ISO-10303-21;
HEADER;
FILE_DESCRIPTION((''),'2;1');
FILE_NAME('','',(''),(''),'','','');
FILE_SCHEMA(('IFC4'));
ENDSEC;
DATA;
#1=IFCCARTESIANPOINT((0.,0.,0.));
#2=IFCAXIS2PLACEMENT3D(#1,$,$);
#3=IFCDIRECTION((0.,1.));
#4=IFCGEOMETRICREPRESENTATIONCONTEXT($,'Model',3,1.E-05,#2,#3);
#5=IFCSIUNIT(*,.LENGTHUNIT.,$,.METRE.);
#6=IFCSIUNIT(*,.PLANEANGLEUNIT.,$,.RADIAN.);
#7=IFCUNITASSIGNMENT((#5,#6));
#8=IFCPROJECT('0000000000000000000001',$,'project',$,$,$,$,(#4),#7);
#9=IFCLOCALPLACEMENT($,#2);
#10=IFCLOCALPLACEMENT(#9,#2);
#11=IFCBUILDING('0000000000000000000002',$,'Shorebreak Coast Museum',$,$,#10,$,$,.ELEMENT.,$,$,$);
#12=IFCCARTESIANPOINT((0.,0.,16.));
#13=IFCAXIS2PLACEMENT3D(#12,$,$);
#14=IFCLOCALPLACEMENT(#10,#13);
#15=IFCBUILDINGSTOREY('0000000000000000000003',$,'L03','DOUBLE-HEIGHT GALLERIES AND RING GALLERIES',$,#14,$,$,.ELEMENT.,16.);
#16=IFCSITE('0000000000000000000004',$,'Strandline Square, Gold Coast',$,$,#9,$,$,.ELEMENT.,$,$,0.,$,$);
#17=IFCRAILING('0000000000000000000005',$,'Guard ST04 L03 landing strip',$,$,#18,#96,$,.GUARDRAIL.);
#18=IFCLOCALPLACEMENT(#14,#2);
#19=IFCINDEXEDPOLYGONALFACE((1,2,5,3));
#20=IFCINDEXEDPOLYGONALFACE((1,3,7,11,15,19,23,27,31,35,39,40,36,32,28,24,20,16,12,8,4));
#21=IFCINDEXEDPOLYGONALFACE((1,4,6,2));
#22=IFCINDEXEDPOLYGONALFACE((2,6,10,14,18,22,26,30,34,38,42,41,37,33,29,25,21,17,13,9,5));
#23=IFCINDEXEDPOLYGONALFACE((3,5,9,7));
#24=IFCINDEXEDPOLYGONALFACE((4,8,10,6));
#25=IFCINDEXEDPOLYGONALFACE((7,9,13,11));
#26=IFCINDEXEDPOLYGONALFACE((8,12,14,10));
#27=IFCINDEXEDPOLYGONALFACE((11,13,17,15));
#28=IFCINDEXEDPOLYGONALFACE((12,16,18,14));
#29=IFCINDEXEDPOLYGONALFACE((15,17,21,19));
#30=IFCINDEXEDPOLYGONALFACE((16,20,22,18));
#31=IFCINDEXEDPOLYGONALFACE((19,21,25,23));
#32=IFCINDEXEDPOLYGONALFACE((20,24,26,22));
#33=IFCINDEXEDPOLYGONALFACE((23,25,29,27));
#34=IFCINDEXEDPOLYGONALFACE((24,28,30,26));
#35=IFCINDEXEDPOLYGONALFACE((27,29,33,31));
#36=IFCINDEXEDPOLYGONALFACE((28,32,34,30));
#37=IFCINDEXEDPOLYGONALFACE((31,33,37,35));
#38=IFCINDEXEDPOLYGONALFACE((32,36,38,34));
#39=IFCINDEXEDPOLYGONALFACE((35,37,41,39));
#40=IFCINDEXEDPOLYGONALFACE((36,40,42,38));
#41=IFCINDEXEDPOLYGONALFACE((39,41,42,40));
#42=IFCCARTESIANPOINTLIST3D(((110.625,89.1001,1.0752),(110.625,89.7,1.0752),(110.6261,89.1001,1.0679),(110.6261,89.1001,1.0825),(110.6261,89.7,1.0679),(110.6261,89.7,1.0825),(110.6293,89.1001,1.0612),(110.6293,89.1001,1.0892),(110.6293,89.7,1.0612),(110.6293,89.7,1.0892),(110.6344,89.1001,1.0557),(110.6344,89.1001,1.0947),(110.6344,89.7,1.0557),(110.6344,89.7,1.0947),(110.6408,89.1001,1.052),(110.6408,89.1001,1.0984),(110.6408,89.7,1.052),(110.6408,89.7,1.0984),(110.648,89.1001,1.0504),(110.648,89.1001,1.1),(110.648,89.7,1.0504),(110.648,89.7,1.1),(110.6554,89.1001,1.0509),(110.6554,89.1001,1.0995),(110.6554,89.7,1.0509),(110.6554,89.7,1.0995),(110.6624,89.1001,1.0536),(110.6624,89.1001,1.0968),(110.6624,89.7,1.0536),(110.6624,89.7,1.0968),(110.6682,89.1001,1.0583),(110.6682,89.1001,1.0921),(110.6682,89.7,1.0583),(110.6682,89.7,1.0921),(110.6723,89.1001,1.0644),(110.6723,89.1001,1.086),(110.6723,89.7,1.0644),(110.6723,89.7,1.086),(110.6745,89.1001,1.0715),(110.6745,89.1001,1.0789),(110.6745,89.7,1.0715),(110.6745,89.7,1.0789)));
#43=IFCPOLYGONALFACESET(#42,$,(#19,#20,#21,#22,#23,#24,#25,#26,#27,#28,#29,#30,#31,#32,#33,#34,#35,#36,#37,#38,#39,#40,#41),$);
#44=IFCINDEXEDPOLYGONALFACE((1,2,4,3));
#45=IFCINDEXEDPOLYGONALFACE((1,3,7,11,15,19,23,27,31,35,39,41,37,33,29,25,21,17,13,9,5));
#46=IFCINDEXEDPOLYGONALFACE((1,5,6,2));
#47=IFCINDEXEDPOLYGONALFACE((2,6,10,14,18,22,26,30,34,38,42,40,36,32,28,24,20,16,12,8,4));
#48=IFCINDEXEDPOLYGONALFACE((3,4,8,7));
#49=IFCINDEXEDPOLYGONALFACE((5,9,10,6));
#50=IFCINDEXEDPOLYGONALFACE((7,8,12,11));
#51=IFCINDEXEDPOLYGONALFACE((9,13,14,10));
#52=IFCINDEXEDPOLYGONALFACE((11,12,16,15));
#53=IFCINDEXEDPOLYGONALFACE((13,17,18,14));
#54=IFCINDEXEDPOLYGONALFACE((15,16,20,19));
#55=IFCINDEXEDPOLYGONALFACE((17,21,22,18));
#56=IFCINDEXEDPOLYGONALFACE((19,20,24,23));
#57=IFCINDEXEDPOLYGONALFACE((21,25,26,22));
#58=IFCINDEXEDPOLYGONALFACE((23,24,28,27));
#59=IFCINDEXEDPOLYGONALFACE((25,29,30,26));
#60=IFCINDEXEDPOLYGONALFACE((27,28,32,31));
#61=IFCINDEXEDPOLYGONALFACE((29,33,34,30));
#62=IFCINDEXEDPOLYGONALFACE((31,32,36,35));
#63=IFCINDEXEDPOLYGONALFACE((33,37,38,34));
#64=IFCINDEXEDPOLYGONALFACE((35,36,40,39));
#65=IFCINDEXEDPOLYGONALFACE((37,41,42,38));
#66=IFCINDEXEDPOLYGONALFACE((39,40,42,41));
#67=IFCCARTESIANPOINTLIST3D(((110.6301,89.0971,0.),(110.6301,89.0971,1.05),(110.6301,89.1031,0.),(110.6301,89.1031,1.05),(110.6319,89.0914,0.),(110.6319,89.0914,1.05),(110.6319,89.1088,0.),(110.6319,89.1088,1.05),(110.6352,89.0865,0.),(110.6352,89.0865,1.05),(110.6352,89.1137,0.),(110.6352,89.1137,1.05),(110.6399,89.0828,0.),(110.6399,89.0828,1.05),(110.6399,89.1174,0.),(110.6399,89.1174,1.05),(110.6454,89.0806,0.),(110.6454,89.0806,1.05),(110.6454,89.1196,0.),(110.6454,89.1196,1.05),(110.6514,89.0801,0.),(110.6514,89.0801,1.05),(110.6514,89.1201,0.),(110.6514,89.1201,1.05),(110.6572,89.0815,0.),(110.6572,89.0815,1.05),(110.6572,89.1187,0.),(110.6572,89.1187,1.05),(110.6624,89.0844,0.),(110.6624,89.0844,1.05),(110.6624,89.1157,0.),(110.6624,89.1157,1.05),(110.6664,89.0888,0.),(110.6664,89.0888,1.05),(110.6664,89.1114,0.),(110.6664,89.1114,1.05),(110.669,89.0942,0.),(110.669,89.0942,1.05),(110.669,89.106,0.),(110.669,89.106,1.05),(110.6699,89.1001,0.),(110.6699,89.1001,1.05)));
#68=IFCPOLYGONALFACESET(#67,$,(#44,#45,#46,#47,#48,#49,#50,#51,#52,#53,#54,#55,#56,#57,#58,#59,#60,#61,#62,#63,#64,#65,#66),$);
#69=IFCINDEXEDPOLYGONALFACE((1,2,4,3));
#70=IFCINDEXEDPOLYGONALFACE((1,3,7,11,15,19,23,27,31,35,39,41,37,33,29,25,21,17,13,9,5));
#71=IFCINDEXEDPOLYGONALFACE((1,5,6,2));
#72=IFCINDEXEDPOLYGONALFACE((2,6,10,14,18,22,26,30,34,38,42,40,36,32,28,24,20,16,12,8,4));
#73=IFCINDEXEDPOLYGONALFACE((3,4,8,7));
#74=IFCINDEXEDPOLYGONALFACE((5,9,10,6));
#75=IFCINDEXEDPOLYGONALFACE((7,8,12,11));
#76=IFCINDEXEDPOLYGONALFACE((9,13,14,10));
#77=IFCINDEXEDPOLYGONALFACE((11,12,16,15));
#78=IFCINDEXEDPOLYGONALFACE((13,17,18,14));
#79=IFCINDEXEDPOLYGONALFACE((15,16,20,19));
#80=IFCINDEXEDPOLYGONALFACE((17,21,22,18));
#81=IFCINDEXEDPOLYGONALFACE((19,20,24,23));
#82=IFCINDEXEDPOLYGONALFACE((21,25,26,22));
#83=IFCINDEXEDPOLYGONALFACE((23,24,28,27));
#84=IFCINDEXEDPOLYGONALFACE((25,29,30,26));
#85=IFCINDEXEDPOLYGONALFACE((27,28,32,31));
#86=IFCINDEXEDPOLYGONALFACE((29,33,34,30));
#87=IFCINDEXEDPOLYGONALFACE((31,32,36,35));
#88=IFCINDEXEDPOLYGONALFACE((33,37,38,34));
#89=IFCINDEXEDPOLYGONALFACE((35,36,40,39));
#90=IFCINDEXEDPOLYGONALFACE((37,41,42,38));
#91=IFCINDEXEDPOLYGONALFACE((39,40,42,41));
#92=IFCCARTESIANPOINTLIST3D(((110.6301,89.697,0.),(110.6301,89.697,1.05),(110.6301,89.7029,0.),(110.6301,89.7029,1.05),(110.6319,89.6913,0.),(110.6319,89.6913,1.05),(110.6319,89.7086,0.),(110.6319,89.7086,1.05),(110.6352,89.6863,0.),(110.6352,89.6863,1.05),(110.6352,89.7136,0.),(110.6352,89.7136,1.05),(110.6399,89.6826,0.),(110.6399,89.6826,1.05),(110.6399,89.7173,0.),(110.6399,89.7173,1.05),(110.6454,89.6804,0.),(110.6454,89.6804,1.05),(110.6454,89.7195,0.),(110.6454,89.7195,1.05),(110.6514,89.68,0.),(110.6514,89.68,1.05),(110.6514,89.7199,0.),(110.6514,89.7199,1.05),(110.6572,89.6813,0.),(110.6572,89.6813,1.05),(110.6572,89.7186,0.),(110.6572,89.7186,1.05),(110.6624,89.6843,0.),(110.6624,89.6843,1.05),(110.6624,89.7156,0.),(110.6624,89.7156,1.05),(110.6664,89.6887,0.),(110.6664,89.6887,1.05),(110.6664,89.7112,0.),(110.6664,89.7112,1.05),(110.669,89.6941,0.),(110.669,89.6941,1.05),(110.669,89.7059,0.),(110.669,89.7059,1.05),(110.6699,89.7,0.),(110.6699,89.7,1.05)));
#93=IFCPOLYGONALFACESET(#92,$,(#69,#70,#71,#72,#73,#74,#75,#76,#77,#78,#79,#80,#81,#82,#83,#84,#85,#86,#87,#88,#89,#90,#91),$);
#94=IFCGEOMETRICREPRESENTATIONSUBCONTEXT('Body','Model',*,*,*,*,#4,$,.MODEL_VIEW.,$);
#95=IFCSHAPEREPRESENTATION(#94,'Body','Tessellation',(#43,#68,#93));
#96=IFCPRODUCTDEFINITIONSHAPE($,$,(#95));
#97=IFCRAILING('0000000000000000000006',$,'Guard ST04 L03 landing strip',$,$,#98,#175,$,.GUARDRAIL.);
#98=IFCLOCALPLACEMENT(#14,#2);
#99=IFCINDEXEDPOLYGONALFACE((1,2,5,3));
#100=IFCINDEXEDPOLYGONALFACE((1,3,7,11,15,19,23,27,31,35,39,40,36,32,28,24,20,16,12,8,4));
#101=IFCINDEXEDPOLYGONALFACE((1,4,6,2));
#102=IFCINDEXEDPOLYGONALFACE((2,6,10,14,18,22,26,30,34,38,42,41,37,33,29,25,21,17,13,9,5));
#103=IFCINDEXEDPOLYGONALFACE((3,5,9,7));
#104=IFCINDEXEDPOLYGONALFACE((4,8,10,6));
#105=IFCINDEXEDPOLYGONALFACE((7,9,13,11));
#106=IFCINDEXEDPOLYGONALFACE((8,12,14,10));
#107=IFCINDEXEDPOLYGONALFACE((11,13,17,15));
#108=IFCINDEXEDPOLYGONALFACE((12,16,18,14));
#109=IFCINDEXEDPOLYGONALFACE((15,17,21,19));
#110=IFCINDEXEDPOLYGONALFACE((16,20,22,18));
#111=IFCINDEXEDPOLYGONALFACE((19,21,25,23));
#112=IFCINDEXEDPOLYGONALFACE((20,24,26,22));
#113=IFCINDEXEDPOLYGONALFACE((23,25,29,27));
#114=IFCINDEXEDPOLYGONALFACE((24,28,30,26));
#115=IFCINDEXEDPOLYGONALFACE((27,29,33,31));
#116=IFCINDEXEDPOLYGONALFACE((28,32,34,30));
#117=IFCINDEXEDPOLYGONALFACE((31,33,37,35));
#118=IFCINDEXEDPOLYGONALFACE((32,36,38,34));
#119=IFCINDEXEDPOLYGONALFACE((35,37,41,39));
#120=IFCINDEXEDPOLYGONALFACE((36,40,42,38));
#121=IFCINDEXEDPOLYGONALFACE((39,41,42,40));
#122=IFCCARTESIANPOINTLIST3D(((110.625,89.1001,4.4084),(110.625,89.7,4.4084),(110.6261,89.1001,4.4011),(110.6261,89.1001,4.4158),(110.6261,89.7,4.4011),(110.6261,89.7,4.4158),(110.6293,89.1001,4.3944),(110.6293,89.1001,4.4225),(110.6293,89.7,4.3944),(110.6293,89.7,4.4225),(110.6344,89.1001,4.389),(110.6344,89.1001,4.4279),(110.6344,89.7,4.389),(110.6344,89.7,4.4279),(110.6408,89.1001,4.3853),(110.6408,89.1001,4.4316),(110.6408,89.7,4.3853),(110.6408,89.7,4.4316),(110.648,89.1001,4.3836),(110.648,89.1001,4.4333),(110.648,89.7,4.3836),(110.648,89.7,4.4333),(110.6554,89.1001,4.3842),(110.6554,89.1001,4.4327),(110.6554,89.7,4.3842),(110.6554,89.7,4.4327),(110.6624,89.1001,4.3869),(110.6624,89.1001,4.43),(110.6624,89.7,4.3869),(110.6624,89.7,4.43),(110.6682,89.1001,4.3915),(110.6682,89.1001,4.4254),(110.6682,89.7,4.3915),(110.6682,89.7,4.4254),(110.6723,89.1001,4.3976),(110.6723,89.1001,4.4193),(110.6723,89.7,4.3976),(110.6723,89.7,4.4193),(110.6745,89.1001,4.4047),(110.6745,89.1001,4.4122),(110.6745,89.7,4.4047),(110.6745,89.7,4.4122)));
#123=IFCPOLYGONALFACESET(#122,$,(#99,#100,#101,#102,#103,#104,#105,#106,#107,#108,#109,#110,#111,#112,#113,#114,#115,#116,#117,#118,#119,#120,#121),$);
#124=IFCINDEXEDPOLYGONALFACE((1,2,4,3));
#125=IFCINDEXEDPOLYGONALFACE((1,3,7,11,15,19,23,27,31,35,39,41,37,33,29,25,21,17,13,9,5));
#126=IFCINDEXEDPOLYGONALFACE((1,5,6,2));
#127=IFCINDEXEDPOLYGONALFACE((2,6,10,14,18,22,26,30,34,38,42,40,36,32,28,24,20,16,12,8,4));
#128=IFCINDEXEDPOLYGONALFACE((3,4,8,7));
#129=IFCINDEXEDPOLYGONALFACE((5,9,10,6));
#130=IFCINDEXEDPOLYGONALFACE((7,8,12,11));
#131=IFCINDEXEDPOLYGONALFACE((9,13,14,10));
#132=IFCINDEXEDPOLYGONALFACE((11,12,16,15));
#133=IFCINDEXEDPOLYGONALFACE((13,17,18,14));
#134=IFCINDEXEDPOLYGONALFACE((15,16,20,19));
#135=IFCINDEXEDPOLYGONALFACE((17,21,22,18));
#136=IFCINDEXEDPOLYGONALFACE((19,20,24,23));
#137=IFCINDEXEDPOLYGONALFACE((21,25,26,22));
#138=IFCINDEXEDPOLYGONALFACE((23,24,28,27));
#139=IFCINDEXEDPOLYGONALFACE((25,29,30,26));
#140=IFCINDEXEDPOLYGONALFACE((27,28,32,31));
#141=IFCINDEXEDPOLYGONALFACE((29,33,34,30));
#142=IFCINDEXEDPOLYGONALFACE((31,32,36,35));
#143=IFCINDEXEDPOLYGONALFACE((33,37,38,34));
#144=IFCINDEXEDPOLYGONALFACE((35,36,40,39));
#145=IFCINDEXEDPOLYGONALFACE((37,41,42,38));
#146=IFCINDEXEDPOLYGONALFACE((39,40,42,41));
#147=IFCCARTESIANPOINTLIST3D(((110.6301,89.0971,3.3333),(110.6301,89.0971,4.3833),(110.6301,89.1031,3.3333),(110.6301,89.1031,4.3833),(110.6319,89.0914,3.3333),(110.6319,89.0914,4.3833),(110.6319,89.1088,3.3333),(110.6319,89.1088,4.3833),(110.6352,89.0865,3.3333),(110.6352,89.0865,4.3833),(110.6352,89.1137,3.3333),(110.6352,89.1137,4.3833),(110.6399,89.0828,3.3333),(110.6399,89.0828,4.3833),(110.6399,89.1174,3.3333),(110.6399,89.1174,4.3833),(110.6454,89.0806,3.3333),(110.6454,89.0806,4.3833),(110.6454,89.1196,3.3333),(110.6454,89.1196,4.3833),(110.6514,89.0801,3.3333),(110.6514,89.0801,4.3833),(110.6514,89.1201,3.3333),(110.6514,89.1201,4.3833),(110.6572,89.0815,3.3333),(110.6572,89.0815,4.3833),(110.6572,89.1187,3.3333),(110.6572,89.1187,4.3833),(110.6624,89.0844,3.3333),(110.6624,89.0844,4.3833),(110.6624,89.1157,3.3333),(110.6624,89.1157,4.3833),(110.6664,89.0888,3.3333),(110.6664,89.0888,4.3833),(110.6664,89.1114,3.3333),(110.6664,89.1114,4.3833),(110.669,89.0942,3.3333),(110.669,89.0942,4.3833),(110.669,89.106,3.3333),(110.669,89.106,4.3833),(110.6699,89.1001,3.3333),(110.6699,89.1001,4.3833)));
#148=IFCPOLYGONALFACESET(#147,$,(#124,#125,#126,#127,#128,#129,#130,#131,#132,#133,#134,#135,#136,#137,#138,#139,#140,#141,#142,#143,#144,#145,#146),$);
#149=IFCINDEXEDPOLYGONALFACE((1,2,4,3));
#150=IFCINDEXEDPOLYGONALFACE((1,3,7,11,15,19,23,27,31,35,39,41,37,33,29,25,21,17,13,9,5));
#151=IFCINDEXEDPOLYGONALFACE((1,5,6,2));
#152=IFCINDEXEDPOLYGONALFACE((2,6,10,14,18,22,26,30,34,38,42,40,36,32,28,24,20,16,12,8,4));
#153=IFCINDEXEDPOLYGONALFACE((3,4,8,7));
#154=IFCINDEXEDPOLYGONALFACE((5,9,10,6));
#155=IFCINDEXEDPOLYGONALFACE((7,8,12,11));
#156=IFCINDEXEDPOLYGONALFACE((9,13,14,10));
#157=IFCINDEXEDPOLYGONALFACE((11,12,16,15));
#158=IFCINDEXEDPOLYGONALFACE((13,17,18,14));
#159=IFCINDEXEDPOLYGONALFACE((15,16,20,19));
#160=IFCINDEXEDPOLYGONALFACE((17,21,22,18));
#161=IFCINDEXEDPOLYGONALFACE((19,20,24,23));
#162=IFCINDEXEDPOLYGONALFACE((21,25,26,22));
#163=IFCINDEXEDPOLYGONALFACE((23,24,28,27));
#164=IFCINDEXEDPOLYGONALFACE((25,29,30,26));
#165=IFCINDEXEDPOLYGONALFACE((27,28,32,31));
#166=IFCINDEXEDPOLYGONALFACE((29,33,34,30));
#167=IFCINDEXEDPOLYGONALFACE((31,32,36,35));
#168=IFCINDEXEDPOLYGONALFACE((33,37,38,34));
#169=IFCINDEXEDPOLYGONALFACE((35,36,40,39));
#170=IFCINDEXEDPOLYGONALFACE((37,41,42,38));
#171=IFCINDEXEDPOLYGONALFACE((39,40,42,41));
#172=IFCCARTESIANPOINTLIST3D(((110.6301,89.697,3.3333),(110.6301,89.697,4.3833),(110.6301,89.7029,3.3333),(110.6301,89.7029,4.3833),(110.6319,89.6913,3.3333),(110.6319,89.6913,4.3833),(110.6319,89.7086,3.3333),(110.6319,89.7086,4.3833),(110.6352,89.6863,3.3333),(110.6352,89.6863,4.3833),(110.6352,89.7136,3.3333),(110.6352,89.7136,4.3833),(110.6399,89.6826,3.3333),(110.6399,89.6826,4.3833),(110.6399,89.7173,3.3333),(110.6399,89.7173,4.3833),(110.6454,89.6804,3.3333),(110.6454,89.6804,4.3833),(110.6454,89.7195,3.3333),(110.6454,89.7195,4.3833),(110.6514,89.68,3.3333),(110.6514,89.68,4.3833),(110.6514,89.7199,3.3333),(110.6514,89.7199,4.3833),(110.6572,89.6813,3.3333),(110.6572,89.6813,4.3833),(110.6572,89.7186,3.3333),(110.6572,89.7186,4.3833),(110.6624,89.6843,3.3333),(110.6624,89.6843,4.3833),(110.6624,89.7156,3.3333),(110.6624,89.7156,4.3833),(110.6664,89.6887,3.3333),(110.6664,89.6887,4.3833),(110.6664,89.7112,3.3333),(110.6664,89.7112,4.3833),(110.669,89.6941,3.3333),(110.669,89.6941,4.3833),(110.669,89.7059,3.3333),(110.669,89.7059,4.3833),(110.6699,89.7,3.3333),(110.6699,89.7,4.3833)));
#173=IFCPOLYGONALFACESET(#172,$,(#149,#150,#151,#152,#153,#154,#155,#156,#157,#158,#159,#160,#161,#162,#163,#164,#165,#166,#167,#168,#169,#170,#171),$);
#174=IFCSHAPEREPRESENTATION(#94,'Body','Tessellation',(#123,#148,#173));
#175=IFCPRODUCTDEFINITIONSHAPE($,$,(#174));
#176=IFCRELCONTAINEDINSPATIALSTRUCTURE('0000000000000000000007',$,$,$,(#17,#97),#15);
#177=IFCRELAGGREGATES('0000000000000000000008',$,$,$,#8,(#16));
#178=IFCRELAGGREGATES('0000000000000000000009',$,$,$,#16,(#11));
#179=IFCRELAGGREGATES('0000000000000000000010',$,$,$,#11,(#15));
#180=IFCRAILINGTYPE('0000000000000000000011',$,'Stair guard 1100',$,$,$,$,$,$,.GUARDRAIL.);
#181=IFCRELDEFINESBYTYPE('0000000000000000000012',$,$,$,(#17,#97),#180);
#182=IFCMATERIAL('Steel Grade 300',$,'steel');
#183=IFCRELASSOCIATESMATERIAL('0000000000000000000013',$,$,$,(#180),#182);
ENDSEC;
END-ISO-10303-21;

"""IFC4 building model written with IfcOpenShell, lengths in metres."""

from ifc_helpers import new_model, si_unit, direction, frame, origin, origin_2d, place, context, subcontext, project, spatial, circle, extrude, material, type_object, element, save


model = new_model("IFC4")

# Units and contexts
model_context = context("Model", 3, precision=1e-05, world=origin(), true_north=direction((0.0, 1.0)))
body_context = subcontext(model_context, "Body", "Model", "MODEL_VIEW")
ifc_project = project(units=[si_unit("LENGTHUNIT", "METRE"), si_unit("PLANEANGLEUNIT", "RADIAN")], contexts=[model_context])

# Site, building, storey
site_placement = place(None, origin())
site = spatial("IfcSite", under=ifc_project, at=site_placement, Name="Strandline Square, Gold Coast", CompositionType="ELEMENT", RefElevation=0.0)
building_placement = place(site_placement, origin())
building = spatial("IfcBuilding", under=site, at=building_placement, Name="Shorebreak Coast Museum", CompositionType="ELEMENT")
storey_placement = place(building_placement, frame((0.0, 0.0, 16.0)))
storey = spatial("IfcBuildingStorey", under=building, at=storey_placement, Name="L03", Description="DOUBLE-HEIGHT GALLERIES AND RING GALLERIES", CompositionType="ELEMENT", Elevation=16.0)

# Railings
ifc_material_1 = material(Name="Steel Grade 300", Category="steel")
railing_type = type_object("IfcRailingType", Name="Stair guard 1100", PredefinedType="GUARDRAIL", material=ifc_material_1)
for number, where, name in (
    (1, (110.6499, 89.1001, 0.0), "Guard ST04 L03 landing strip"),
    (2, (110.6499, 89.1001, 3.3333), "Guard ST04 L03 landing strip"),
):
    element("IfcRailing", number, at=place(storey_placement, frame(where)), inside=storey, type_object=railing_type, Name=name, PredefinedType="GUARDRAIL", context=body_context, shape_type="SweptSolid", body=[
        extrude(circle(Radius=0.0249, at=origin_2d()), frame((0.0, 0.0, 1.0752), z_axis=(0.0, 1.0, 0.0), x_axis=(-1.0, 0.0, 0.0)), (0.0, 0.0, 1.0), 0.5999),
        extrude(circle(Radius=0.02, at=origin_2d()), origin(), (0.0, 0.0, 1.0), 1.05),
        extrude(circle(Radius=0.02, at=origin_2d()), frame((0.0, 0.5999, 0.0)), (0.0, 0.0, 1.0), 1.05),
    ])

save(model, "model.ifc")
